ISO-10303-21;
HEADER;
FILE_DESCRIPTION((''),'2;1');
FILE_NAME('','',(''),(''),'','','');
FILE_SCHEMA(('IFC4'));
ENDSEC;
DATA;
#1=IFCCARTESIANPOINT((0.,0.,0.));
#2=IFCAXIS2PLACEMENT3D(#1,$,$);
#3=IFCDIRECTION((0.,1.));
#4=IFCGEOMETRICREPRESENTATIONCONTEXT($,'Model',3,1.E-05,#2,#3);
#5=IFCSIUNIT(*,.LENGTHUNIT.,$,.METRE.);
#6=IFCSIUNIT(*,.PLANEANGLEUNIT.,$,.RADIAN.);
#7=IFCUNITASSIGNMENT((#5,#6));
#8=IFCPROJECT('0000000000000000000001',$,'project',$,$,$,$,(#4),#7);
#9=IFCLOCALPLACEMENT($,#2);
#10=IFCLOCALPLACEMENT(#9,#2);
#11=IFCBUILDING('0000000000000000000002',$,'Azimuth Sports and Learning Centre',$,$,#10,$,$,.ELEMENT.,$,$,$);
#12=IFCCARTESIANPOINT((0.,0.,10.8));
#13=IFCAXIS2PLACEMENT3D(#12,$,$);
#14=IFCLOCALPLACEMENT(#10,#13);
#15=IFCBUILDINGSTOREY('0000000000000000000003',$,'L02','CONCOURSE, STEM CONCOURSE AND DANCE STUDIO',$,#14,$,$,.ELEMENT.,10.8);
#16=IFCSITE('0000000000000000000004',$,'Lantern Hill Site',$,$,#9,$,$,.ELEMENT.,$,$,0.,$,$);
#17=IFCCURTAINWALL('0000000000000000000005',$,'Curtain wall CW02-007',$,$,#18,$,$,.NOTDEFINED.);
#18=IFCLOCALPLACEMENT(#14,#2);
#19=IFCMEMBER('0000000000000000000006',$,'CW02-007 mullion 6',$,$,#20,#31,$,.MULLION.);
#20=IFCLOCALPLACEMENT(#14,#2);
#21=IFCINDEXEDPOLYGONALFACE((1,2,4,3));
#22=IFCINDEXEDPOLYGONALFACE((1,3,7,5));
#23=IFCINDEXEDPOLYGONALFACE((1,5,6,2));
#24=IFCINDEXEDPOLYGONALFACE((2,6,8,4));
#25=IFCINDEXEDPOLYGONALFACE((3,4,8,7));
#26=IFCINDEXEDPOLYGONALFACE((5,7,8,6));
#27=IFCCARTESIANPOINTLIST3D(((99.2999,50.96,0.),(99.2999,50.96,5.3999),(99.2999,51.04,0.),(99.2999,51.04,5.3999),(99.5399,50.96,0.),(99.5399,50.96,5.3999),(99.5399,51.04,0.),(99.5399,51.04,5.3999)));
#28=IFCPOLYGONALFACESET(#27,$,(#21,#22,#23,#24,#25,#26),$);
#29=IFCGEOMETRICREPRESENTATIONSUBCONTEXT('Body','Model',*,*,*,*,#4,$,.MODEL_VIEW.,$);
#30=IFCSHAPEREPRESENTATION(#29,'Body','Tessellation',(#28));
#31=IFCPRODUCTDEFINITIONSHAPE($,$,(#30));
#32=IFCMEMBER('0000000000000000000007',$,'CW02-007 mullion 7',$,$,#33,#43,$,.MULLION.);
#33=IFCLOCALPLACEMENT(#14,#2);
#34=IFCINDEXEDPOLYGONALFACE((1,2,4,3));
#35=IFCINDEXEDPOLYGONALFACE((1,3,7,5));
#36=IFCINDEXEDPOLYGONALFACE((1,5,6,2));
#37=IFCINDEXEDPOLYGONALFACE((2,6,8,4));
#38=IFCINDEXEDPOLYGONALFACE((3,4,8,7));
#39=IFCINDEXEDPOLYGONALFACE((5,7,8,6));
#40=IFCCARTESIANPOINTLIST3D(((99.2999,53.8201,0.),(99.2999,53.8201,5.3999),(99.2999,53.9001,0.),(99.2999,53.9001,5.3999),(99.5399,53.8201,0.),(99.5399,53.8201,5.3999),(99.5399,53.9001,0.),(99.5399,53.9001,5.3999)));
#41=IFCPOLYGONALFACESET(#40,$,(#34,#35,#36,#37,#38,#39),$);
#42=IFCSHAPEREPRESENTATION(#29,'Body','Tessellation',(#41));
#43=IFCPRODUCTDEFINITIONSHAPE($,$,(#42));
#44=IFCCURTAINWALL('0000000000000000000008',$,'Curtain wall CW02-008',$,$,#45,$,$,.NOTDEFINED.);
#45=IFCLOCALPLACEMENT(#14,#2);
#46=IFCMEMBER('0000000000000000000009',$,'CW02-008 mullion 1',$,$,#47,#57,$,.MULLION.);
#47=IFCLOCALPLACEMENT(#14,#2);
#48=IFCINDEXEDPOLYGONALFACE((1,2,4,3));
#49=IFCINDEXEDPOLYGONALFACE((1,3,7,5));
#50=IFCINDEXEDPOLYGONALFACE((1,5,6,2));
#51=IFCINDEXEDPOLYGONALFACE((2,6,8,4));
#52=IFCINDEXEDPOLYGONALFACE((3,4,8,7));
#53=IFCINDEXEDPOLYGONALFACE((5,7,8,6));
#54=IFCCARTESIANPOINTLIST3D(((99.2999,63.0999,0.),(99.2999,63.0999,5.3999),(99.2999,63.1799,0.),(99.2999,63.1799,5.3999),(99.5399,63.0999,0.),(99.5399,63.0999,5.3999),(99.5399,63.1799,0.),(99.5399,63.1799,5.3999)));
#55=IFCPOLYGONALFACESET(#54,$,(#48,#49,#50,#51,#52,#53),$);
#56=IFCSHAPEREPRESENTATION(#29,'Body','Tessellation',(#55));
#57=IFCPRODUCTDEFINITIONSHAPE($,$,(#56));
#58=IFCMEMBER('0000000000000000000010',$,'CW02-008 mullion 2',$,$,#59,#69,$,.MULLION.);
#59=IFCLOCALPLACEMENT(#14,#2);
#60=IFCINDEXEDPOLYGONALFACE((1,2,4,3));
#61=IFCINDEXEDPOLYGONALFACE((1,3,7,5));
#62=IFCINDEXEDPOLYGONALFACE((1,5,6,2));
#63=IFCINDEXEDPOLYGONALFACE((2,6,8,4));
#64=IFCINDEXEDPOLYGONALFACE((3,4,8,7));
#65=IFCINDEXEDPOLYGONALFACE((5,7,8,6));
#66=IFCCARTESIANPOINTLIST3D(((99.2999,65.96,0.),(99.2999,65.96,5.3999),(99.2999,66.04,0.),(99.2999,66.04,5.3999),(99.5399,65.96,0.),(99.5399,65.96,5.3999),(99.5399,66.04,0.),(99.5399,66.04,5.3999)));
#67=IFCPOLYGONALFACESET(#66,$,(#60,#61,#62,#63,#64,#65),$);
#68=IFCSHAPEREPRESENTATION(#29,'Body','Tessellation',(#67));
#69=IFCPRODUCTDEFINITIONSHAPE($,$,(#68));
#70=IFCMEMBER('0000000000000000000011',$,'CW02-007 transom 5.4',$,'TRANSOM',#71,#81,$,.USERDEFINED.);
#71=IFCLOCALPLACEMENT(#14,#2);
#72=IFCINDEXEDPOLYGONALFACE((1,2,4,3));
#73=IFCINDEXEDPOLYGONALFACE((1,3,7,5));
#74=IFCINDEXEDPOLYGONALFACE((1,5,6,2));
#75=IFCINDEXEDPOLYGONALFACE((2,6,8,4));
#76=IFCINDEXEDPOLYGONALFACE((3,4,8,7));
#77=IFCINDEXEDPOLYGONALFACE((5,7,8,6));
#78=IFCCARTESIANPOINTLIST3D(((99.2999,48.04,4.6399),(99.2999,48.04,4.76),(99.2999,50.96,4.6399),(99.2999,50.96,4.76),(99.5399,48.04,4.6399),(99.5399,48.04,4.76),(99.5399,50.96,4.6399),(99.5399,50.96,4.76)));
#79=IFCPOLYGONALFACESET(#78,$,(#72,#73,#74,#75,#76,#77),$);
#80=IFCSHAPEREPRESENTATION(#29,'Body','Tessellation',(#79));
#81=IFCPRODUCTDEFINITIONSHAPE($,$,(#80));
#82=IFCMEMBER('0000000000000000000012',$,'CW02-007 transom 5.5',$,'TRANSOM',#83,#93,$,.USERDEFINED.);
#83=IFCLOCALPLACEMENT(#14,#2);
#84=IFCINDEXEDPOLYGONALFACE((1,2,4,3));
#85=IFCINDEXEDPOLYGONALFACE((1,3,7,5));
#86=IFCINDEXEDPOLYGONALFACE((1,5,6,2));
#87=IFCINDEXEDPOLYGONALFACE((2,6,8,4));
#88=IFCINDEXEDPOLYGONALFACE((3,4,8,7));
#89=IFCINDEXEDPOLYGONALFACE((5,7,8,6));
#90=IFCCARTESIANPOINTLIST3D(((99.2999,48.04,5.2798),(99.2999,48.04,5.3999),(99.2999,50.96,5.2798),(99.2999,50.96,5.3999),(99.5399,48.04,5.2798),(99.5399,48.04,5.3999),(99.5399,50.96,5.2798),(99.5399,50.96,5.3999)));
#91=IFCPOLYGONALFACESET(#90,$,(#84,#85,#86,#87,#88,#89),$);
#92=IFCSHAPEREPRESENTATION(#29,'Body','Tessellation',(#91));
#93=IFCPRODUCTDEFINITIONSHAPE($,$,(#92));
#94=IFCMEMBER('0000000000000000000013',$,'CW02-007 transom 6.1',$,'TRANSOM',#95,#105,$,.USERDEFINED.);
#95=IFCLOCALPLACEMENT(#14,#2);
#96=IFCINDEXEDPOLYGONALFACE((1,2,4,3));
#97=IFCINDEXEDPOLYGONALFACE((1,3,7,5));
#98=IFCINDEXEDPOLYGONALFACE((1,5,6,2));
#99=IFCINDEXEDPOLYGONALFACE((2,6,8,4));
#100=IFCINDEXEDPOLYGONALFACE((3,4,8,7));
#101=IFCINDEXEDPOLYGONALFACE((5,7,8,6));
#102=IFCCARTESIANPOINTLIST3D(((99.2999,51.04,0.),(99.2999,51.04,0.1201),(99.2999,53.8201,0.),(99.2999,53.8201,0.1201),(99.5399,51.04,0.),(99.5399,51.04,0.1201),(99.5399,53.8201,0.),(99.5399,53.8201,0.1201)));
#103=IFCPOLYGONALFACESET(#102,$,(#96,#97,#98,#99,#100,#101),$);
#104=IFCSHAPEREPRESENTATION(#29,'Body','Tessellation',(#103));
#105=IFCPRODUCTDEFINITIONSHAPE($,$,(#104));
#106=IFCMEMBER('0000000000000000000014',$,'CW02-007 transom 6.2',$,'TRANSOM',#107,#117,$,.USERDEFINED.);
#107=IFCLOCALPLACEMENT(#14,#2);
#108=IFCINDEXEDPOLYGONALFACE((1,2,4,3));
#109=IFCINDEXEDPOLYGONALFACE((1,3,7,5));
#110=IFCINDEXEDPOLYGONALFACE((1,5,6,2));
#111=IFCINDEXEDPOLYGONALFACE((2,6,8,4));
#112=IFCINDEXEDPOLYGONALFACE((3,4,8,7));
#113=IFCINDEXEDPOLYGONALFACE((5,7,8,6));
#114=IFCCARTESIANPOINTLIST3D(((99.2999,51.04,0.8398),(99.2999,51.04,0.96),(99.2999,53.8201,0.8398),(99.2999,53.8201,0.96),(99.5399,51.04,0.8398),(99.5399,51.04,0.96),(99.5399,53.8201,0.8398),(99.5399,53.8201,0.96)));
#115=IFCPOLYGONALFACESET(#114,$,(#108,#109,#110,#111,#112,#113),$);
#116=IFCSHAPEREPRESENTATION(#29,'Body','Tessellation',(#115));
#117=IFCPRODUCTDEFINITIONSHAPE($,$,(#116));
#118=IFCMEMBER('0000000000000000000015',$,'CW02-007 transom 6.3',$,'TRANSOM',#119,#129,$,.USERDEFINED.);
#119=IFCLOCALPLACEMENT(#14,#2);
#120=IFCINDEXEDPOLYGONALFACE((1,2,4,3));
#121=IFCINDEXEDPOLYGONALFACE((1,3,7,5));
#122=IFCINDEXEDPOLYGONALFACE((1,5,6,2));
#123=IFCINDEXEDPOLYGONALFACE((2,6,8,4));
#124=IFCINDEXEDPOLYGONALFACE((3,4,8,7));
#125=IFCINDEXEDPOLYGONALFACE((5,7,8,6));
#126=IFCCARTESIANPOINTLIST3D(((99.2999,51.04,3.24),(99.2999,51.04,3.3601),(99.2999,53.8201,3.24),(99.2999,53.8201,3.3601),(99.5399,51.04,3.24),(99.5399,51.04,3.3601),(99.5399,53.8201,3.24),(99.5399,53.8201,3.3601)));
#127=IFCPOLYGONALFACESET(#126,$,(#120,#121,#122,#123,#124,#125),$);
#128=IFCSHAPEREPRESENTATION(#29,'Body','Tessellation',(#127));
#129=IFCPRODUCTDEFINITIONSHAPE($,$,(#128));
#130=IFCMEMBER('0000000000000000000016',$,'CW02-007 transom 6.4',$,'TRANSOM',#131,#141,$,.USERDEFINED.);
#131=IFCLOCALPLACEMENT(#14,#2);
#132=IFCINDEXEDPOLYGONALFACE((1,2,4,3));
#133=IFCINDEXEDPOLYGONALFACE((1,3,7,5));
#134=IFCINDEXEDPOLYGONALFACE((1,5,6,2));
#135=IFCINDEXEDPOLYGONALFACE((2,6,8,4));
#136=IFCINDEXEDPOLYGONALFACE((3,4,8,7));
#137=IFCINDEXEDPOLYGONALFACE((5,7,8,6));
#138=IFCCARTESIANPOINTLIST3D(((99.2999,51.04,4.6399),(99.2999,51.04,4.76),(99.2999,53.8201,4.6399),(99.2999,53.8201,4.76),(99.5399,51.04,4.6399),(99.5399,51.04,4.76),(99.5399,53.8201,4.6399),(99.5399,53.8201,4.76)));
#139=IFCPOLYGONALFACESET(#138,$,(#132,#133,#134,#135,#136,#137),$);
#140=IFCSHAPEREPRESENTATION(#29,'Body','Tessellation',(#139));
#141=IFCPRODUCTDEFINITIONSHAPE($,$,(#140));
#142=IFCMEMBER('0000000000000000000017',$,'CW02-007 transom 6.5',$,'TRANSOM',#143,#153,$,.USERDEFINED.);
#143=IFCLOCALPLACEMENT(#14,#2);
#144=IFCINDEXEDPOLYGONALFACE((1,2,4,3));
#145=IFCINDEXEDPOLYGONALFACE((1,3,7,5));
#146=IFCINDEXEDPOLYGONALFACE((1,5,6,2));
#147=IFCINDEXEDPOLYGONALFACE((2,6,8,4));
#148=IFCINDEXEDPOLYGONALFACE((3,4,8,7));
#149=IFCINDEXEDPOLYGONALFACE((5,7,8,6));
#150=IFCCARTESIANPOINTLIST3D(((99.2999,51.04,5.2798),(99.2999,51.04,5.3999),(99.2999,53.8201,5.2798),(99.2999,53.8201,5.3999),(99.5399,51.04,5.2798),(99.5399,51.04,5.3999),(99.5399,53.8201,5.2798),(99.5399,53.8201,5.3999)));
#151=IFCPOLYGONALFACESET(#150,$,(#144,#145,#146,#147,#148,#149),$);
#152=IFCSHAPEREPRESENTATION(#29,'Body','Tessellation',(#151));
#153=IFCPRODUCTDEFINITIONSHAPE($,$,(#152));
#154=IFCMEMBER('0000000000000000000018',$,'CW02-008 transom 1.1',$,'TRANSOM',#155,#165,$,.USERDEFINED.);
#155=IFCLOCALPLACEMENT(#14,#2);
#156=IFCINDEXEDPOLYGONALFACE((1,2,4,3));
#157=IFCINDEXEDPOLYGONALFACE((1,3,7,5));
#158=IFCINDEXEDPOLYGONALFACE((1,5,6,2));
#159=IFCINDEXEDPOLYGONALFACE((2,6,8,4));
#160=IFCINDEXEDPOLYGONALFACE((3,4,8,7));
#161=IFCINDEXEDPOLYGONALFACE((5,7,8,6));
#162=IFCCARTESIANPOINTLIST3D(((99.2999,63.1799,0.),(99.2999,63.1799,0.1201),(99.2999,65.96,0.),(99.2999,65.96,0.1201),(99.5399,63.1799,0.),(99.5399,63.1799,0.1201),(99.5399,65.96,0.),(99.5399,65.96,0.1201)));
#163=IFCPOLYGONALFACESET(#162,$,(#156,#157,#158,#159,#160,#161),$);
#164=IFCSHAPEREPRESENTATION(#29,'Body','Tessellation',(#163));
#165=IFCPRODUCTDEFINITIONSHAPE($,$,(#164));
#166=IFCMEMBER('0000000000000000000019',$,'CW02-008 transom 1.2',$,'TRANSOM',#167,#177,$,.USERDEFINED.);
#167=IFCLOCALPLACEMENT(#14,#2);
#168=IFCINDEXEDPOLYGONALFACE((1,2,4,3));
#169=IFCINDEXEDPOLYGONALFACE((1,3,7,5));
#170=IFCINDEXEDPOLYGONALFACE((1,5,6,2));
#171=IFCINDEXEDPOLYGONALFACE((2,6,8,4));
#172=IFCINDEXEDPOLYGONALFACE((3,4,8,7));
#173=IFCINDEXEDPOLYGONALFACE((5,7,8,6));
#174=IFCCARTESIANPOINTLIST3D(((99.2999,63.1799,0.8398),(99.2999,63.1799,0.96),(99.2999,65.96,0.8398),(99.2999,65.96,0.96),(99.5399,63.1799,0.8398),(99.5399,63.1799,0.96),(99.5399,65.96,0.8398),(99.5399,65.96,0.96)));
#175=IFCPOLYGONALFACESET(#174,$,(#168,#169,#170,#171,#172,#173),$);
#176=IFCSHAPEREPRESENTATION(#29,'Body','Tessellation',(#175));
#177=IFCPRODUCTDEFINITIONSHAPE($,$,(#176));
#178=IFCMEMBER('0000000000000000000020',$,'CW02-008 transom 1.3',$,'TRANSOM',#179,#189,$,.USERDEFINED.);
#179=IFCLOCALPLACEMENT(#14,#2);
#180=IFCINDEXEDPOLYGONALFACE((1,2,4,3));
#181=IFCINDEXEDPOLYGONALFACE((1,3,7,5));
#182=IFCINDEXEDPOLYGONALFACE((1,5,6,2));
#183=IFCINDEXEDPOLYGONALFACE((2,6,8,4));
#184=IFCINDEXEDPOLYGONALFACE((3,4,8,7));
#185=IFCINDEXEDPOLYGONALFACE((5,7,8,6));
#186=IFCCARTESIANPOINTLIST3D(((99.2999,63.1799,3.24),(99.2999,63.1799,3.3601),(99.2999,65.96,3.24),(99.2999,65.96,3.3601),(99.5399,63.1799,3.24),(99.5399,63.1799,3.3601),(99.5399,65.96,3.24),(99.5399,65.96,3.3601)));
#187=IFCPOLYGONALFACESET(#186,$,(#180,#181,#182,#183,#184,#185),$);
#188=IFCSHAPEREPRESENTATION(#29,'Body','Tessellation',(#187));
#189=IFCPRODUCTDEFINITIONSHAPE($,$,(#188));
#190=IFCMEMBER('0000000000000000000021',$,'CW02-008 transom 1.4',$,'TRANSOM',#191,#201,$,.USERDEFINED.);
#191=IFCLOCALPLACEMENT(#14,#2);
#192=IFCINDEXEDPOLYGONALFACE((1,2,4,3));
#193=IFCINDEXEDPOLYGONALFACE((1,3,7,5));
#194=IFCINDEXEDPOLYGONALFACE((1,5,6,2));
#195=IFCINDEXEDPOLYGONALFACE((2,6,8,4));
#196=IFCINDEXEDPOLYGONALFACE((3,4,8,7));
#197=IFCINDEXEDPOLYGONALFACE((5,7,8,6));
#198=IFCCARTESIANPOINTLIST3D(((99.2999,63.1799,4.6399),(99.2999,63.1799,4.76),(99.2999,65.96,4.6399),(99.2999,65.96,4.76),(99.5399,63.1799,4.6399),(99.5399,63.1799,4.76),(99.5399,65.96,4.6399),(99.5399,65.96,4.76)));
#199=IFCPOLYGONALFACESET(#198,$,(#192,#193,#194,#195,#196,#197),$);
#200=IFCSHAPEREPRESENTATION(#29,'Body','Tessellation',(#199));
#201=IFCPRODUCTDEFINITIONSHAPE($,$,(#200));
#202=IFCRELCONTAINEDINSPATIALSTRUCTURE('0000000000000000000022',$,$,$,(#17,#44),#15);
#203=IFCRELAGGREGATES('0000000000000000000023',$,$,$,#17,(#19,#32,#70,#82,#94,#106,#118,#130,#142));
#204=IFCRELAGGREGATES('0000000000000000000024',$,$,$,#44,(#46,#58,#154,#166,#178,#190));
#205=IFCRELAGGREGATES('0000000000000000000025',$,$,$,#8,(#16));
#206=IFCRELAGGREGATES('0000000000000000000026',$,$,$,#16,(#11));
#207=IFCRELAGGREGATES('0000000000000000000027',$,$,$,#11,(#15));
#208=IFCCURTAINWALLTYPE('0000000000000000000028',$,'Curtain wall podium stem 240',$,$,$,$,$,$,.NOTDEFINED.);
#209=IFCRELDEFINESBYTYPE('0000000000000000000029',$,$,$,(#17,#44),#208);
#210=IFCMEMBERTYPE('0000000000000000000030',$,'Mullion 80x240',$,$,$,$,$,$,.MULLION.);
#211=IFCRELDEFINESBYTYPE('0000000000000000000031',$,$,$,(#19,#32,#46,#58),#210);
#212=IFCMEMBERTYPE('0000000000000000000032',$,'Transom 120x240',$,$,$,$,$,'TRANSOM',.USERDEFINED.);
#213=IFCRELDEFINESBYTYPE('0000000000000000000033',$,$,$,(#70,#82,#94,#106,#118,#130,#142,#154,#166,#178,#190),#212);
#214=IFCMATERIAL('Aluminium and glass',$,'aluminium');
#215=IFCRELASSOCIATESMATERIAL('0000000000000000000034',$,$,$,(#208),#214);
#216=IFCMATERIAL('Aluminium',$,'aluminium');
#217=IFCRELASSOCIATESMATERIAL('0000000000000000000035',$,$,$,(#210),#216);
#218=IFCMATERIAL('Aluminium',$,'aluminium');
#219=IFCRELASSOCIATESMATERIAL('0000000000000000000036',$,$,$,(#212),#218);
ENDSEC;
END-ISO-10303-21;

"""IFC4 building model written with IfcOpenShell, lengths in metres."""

from ifc_helpers import new_model, si_unit, direction, frame, origin, origin_2d, place, context, subcontext, project, spatial, rectangle, extrude, material, material_profile, profile_set, type_object, element, aggregate, save


model = new_model("IFC4")

# Units and contexts
model_context = context("Model", 3, precision=1e-05, world=origin(), true_north=direction((0.0, 1.0)))
body_context = subcontext(model_context, "Body", "Model", "MODEL_VIEW")
ifc_project = project(units=[si_unit("LENGTHUNIT", "METRE"), si_unit("PLANEANGLEUNIT", "RADIAN")], contexts=[model_context])

# Site, building, storey
site_placement = place(None, origin())
site = spatial("IfcSite", under=ifc_project, at=site_placement, Name="Lantern Hill Site", CompositionType="ELEMENT", RefElevation=0.0)
building_placement = place(site_placement, origin())
building = spatial("IfcBuilding", under=site, at=building_placement, Name="Azimuth Sports and Learning Centre", CompositionType="ELEMENT")
storey_placement = place(building_placement, frame((0.0, 0.0, 10.8)))
storey = spatial("IfcBuildingStorey", under=building, at=storey_placement, Name="L02", Description="CONCOURSE, STEM CONCOURSE AND DANCE STUDIO", CompositionType="ELEMENT", Elevation=10.8)

# Curtain walls, members
ifc_material_1 = material(Name="Aluminium and glass", Category="aluminium")
curtain_wall_type = type_object("IfcCurtainWallType", Name="Curtain wall podium stem 240", PredefinedType="NOTDEFINED", material=ifc_material_1)
curtain_wall_1_placement = place(storey_placement, origin())
curtain_wall_1 = element("IfcCurtainWall", 1, at=curtain_wall_1_placement, inside=storey, type_object=curtain_wall_type, Name="Curtain wall CW02-007", PredefinedType="NOTDEFINED")
ifc_material_2 = material(Name="Aluminium", Category="aluminium")
ifc_material_profile_1 = material_profile(ifc_material_2, rectangle(XDim=0.24, YDim=0.0801, at=origin_2d()), Name="Mullion 80x240")
ifc_profile_set_1 = profile_set([ifc_material_profile_1], Name="Aluminium")
member_type_1 = type_object("IfcMemberType", Name="Mullion 80x240", PredefinedType="MULLION", material=ifc_profile_set_1)
member_1_placement = place(storey_placement, frame((99.4199, 51.0, 0.0), z_axis=(0.0, 0.0, 1.0), x_axis=(-1.0, 0.0, 0.0)))
member_1 = element("IfcMember", 2, at=member_1_placement, type_object=member_type_1, Name="CW02-007 mullion 6", PredefinedType="MULLION", context=body_context, shape_type="SweptSolid", body=[
    extrude(rectangle(XDim=0.24, YDim=0.0801, at=origin_2d()), origin(), (0.0, 0.0, 1.0), 5.3999),
])
member_2_placement = place(storey_placement, frame((99.4199, 53.8601, 0.0), z_axis=(0.0, 0.0, 1.0), x_axis=(-1.0, 0.0, 0.0)))
member_2 = element("IfcMember", 3, at=member_2_placement, type_object=member_type_1, Name="CW02-007 mullion 7", PredefinedType="MULLION", context=body_context, shape_type="SweptSolid", body=[
    extrude(rectangle(XDim=0.24, YDim=0.0801, at=origin_2d()), origin(), (0.0, 0.0, 1.0), 5.3999),
])
curtain_wall_2_placement = place(storey_placement, origin())
curtain_wall_2 = element("IfcCurtainWall", 4, at=curtain_wall_2_placement, inside=storey, type_object=curtain_wall_type, Name="Curtain wall CW02-008", PredefinedType="NOTDEFINED")
member_3_placement = place(storey_placement, frame((99.4199, 63.1399, 0.0), z_axis=(0.0, 0.0, 1.0), x_axis=(-1.0, 0.0, 0.0)))
member_3 = element("IfcMember", 5, at=member_3_placement, type_object=member_type_1, Name="CW02-008 mullion 1", PredefinedType="MULLION", context=body_context, shape_type="SweptSolid", body=[
    extrude(rectangle(XDim=0.24, YDim=0.0801, at=origin_2d()), origin(), (0.0, 0.0, 1.0), 5.3999),
])
member_4_placement = place(storey_placement, frame((99.4199, 66.0, 0.0), z_axis=(0.0, 0.0, 1.0), x_axis=(-1.0, 0.0, 0.0)))
member_4 = element("IfcMember", 6, at=member_4_placement, type_object=member_type_1, Name="CW02-008 mullion 2", PredefinedType="MULLION", context=body_context, shape_type="SweptSolid", body=[
    extrude(rectangle(XDim=0.24, YDim=0.0801, at=origin_2d()), origin(), (0.0, 0.0, 1.0), 5.3999),
])

# Members
ifc_material_3 = material(Name="Aluminium", Category="aluminium")
ifc_material_profile_2 = material_profile(ifc_material_3, rectangle(XDim=0.24, YDim=0.1201, at=origin_2d()), Name="Transom 120x240")
ifc_profile_set_2 = profile_set([ifc_material_profile_2], Name="Aluminium")
member_type_2 = type_object("IfcMemberType", Name="Transom 120x240", ElementType="TRANSOM", PredefinedType="USERDEFINED", material=ifc_profile_set_2)
member_5_placement = place(storey_placement, frame((99.4199, 48.04, 4.7), z_axis=(0.0, 1.0, 0.0), x_axis=(-1.0, 0.0, 0.0)))
member_5 = element("IfcMember", 7, at=member_5_placement, type_object=member_type_2, Name="CW02-007 transom 5.4", ObjectType="TRANSOM", PredefinedType="USERDEFINED", context=body_context, shape_type="SweptSolid", body=[
    extrude(rectangle(XDim=0.24, YDim=0.1201, at=origin_2d()), origin(), (0.0, 0.0, 1.0), 2.9199),
])
member_6_placement = place(storey_placement, frame((99.4199, 48.04, 5.3398), z_axis=(0.0, 1.0, 0.0), x_axis=(-1.0, 0.0, 0.0)))
member_6 = element("IfcMember", 8, at=member_6_placement, type_object=member_type_2, Name="CW02-007 transom 5.5", ObjectType="TRANSOM", PredefinedType="USERDEFINED", context=body_context, shape_type="SweptSolid", body=[
    extrude(rectangle(XDim=0.24, YDim=0.1201, at=origin_2d()), origin(), (0.0, 0.0, 1.0), 2.9199),
])
member_7_placement = place(storey_placement, frame((99.4199, 51.04, 0.0601), z_axis=(0.0, 1.0, 0.0), x_axis=(-1.0, 0.0, 0.0)))
member_7 = element("IfcMember", 9, at=member_7_placement, type_object=member_type_2, Name="CW02-007 transom 6.1", ObjectType="TRANSOM", PredefinedType="USERDEFINED", context=body_context, shape_type="SweptSolid", body=[
    extrude(rectangle(XDim=0.24, YDim=0.1201, at=origin_2d()), origin(), (0.0, 0.0, 1.0), 2.78),
])
member_8_placement = place(storey_placement, frame((99.4199, 51.04, 0.8999), z_axis=(0.0, 1.0, 0.0), x_axis=(-1.0, 0.0, 0.0)))
member_8 = element("IfcMember", 10, at=member_8_placement, type_object=member_type_2, Name="CW02-007 transom 6.2", ObjectType="TRANSOM", PredefinedType="USERDEFINED", context=body_context, shape_type="SweptSolid", body=[
    extrude(rectangle(XDim=0.24, YDim=0.1201, at=origin_2d()), origin(), (0.0, 0.0, 1.0), 2.78),
])
member_9_placement = place(storey_placement, frame((99.4199, 51.04, 3.3), z_axis=(0.0, 1.0, 0.0), x_axis=(-1.0, 0.0, 0.0)))
member_9 = element("IfcMember", 11, at=member_9_placement, type_object=member_type_2, Name="CW02-007 transom 6.3", ObjectType="TRANSOM", PredefinedType="USERDEFINED", context=body_context, shape_type="SweptSolid", body=[
    extrude(rectangle(XDim=0.24, YDim=0.1201, at=origin_2d()), origin(), (0.0, 0.0, 1.0), 2.78),
])
member_10_placement = place(storey_placement, frame((99.4199, 51.04, 4.7), z_axis=(0.0, 1.0, 0.0), x_axis=(-1.0, 0.0, 0.0)))
member_10 = element("IfcMember", 12, at=member_10_placement, type_object=member_type_2, Name="CW02-007 transom 6.4", ObjectType="TRANSOM", PredefinedType="USERDEFINED", context=body_context, shape_type="SweptSolid", body=[
    extrude(rectangle(XDim=0.24, YDim=0.1201, at=origin_2d()), origin(), (0.0, 0.0, 1.0), 2.78),
])
member_11_placement = place(storey_placement, frame((99.4199, 51.04, 5.3398), z_axis=(0.0, 1.0, 0.0), x_axis=(-1.0, 0.0, 0.0)))
member_11 = element("IfcMember", 13, at=member_11_placement, type_object=member_type_2, Name="CW02-007 transom 6.5", ObjectType="TRANSOM", PredefinedType="USERDEFINED", context=body_context, shape_type="SweptSolid", body=[
    extrude(rectangle(XDim=0.24, YDim=0.1201, at=origin_2d()), origin(), (0.0, 0.0, 1.0), 2.78),
])
member_12_placement = place(storey_placement, frame((99.4199, 63.1799, 0.0601), z_axis=(0.0, 1.0, 0.0), x_axis=(-1.0, 0.0, 0.0)))
member_12 = element("IfcMember", 14, at=member_12_placement, type_object=member_type_2, Name="CW02-008 transom 1.1", ObjectType="TRANSOM", PredefinedType="USERDEFINED", context=body_context, shape_type="SweptSolid", body=[
    extrude(rectangle(XDim=0.24, YDim=0.1201, at=origin_2d()), origin(), (0.0, 0.0, 1.0), 2.78),
])
member_13_placement = place(storey_placement, frame((99.4199, 63.1799, 0.8999), z_axis=(0.0, 1.0, 0.0), x_axis=(-1.0, 0.0, 0.0)))
member_13 = element("IfcMember", 15, at=member_13_placement, type_object=member_type_2, Name="CW02-008 transom 1.2", ObjectType="TRANSOM", PredefinedType="USERDEFINED", context=body_context, shape_type="SweptSolid", body=[
    extrude(rectangle(XDim=0.24, YDim=0.1201, at=origin_2d()), origin(), (0.0, 0.0, 1.0), 2.78),
])
member_14_placement = place(storey_placement, frame((99.4199, 63.1799, 3.3), z_axis=(0.0, 1.0, 0.0), x_axis=(-1.0, 0.0, 0.0)))
member_14 = element("IfcMember", 16, at=member_14_placement, type_object=member_type_2, Name="CW02-008 transom 1.3", ObjectType="TRANSOM", PredefinedType="USERDEFINED", context=body_context, shape_type="SweptSolid", body=[
    extrude(rectangle(XDim=0.24, YDim=0.1201, at=origin_2d()), origin(), (0.0, 0.0, 1.0), 2.78),
])
member_15_placement = place(storey_placement, frame((99.4199, 63.1799, 4.7), z_axis=(0.0, 1.0, 0.0), x_axis=(-1.0, 0.0, 0.0)))
member_15 = element("IfcMember", 17, at=member_15_placement, type_object=member_type_2, Name="CW02-008 transom 1.4", ObjectType="TRANSOM", PredefinedType="USERDEFINED", context=body_context, shape_type="SweptSolid", body=[
    extrude(rectangle(XDim=0.24, YDim=0.1201, at=origin_2d()), origin(), (0.0, 0.0, 1.0), 2.78),
])

aggregate(curtain_wall_1, [member_1, member_2, member_5, member_6, member_7, member_8, member_9, member_10, member_11])
aggregate(curtain_wall_2, [member_3, member_4, member_12, member_13, member_14, member_15])

save(model, "model.ifc")
